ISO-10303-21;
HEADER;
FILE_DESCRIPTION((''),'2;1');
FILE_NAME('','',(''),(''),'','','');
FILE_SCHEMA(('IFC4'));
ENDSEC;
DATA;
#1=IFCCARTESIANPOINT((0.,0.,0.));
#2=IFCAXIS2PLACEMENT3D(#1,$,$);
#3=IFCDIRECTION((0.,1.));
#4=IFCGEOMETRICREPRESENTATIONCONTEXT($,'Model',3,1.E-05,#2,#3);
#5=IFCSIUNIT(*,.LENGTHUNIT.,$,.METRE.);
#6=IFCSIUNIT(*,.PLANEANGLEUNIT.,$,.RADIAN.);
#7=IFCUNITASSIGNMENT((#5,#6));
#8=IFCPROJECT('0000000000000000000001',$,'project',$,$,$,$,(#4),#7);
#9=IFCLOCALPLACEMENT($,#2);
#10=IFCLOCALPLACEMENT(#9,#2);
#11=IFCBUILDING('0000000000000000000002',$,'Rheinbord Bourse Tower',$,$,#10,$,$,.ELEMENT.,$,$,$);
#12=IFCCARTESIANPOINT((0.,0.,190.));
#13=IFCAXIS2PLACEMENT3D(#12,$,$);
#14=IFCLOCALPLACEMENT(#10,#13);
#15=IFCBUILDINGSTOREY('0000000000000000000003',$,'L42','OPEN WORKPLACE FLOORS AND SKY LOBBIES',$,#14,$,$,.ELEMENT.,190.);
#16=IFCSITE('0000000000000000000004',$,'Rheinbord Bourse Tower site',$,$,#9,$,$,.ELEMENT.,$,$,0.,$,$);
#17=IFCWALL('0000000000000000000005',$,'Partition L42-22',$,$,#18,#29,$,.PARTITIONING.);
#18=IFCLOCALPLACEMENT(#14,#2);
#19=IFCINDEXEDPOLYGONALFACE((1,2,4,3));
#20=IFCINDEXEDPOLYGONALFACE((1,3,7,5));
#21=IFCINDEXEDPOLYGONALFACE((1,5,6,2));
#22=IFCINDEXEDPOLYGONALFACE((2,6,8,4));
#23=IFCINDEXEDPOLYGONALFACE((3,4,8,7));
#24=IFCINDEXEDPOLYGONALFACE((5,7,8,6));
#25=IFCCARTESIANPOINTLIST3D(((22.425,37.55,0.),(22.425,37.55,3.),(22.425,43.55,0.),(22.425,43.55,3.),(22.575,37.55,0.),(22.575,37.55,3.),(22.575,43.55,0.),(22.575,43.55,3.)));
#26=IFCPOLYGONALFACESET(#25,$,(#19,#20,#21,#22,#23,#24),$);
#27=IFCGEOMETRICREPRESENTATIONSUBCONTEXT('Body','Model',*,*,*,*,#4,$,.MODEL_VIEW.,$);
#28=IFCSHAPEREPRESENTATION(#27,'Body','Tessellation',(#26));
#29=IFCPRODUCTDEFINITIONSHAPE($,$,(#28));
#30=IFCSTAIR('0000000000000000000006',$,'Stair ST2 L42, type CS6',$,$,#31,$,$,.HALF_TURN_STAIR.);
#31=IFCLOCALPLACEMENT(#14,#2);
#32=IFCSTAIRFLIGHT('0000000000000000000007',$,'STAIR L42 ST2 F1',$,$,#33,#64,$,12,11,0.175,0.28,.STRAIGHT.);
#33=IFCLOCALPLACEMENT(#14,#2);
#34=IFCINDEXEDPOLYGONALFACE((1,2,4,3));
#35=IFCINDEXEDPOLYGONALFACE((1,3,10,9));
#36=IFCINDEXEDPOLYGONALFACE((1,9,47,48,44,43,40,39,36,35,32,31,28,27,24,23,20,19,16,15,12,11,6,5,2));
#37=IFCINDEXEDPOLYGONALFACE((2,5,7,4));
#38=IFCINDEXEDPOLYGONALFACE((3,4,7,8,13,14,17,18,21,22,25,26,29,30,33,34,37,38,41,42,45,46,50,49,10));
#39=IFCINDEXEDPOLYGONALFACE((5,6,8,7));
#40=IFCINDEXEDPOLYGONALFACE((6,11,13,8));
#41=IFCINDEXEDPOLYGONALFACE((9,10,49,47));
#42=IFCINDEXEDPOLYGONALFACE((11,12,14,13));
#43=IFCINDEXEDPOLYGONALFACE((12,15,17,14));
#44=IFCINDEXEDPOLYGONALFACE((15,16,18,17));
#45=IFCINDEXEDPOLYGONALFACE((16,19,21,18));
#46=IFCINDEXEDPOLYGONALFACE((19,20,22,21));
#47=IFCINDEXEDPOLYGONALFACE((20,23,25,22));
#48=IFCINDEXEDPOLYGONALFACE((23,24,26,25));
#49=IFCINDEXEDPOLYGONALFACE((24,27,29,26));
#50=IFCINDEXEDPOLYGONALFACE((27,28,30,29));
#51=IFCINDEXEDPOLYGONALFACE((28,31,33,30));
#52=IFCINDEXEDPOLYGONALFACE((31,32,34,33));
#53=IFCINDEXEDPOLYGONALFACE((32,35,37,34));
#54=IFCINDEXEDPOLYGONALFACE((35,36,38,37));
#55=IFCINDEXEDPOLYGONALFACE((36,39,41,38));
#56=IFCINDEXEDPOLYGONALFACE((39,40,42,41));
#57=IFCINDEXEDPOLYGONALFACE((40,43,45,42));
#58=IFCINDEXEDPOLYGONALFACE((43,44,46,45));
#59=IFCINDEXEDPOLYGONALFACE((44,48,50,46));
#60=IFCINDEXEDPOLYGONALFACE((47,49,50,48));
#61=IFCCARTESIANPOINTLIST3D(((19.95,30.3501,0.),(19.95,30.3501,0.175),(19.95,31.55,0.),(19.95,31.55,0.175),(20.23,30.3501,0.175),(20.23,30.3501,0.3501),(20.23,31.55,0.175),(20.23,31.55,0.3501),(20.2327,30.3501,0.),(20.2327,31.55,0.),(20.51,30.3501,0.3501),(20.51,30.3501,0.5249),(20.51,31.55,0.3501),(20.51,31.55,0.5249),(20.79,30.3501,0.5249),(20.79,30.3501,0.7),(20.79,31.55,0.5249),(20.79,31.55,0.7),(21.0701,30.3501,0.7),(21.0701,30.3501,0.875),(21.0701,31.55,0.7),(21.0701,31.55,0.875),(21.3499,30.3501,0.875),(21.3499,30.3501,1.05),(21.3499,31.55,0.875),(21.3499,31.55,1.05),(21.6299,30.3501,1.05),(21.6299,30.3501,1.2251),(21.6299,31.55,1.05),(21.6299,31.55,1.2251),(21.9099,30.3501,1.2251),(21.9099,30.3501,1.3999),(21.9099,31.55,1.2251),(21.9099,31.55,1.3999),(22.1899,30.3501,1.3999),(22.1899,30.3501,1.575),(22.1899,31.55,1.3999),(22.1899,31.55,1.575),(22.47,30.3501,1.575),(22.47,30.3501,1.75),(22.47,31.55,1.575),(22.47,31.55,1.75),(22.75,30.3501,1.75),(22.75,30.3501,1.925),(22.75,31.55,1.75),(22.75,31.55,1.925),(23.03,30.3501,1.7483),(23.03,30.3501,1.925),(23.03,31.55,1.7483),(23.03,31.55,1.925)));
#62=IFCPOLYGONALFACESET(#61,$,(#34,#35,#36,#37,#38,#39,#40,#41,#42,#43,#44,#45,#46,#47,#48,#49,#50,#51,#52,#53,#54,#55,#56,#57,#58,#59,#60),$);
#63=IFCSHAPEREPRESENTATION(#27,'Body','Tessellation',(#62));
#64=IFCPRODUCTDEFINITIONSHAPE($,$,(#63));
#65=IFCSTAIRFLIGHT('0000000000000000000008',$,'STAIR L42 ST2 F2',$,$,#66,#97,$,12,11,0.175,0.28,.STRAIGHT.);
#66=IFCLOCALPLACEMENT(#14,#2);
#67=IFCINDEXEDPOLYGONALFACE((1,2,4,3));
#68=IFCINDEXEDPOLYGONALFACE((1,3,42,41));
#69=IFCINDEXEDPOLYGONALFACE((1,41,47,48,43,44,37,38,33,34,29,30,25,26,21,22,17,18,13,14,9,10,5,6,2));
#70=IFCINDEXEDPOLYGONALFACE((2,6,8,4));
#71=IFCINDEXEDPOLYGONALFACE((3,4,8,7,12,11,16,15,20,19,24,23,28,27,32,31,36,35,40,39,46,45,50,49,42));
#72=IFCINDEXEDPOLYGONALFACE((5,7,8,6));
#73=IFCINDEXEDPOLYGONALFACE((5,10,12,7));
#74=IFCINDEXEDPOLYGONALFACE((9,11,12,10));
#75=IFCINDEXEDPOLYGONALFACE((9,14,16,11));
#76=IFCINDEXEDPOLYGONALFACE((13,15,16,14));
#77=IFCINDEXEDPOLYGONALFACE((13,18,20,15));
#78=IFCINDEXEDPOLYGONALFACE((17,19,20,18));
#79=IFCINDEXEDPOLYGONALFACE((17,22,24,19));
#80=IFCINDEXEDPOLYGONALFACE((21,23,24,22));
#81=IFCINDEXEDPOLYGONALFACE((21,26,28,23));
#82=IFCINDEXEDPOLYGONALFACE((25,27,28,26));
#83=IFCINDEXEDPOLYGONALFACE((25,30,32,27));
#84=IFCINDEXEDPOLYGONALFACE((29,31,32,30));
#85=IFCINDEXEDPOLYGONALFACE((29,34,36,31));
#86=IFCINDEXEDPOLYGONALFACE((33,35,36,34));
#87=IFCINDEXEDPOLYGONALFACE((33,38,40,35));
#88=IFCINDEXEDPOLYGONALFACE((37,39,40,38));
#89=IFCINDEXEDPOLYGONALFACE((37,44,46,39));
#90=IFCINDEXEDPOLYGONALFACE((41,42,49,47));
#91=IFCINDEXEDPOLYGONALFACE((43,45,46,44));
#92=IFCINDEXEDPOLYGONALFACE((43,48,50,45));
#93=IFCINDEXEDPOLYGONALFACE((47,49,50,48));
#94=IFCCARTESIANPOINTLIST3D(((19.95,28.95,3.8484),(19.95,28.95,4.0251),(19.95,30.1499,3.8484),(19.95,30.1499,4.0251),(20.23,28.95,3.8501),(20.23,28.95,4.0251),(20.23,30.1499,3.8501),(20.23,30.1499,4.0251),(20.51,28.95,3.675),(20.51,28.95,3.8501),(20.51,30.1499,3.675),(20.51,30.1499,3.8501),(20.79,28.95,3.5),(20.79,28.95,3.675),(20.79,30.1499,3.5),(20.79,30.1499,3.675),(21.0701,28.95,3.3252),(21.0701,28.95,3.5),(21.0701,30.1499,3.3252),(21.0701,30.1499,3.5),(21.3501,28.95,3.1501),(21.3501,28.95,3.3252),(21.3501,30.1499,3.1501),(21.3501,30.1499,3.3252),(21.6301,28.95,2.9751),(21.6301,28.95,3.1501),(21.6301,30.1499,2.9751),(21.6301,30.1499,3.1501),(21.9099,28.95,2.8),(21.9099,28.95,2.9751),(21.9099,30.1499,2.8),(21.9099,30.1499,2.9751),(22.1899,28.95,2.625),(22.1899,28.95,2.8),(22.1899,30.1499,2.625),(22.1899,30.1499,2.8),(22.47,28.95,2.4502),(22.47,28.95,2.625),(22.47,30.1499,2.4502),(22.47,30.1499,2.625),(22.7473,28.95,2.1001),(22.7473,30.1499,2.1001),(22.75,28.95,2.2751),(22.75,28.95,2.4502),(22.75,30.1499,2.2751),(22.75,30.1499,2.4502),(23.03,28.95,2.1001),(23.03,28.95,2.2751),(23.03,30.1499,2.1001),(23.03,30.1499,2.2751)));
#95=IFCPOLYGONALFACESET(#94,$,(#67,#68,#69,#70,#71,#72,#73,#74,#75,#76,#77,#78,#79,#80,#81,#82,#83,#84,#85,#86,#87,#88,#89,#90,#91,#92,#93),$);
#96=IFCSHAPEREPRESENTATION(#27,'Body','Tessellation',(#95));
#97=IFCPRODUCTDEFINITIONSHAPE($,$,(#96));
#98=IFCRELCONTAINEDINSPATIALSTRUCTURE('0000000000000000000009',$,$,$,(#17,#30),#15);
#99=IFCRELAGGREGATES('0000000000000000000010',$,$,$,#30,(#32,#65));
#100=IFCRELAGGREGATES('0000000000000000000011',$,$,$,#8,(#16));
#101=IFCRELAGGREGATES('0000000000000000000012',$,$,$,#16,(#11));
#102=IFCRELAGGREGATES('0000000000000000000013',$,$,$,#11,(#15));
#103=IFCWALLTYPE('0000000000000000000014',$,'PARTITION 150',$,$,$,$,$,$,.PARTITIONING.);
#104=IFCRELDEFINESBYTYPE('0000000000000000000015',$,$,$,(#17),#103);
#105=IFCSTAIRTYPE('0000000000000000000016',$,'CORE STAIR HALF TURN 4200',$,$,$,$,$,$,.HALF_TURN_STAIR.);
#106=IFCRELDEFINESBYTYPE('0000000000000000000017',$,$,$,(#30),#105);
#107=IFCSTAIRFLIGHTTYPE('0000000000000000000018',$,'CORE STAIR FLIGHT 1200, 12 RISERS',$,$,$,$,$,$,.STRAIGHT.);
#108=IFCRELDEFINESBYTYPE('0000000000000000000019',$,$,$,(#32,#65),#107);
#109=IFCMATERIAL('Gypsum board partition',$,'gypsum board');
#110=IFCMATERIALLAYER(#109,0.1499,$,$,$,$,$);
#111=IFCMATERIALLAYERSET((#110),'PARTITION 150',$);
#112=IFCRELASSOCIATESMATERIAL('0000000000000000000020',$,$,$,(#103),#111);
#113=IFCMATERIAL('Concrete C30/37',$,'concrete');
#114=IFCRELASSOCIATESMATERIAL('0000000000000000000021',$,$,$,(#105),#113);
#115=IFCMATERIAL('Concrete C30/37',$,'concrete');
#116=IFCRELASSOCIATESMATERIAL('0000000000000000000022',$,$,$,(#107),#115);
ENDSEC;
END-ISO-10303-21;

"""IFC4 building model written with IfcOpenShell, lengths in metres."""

from ifc_helpers import new_model, si_unit, direction, frame, frame_2d, origin, place, context, subcontext, project, spatial, polyline, rectangle, outline, extrude, material, layer, layer_set, type_object, element, aggregate, save


model = new_model("IFC4")

# Units and contexts
model_context = context("Model", 3, precision=1e-05, world=origin(), true_north=direction((0.0, 1.0)))
body_context = subcontext(model_context, "Body", "Model", "MODEL_VIEW")
ifc_project = project(units=[si_unit("LENGTHUNIT", "METRE"), si_unit("PLANEANGLEUNIT", "RADIAN")], contexts=[model_context])

# Site, building, storey
site_placement = place(None, origin())
site = spatial("IfcSite", under=ifc_project, at=site_placement, Name="Rheinbord Bourse Tower site", CompositionType="ELEMENT", RefElevation=0.0)
building_placement = place(site_placement, origin())
building = spatial("IfcBuilding", under=site, at=building_placement, Name="Rheinbord Bourse Tower", CompositionType="ELEMENT")
storey_placement = place(building_placement, frame((0.0, 0.0, 190.0)))
storey = spatial("IfcBuildingStorey", under=building, at=storey_placement, Name="L42", Description="OPEN WORKPLACE FLOORS AND SKY LOBBIES", CompositionType="ELEMENT", Elevation=190.0)

# Wall
ifc_material_1 = material(Name="Gypsum board partition", Category="gypsum board")
ifc_layer_1 = layer(ifc_material_1, 0.1499)
ifc_layer_set_1 = layer_set([ifc_layer_1], Name="PARTITION 150")
wall_type_1 = type_object("IfcWallType", Name="PARTITION 150", PredefinedType="PARTITIONING", material=ifc_layer_set_1)
wall_1_placement = place(storey_placement, frame((22.5, 37.55, 0.0), z_axis=(0.0, 0.0, 1.0), x_axis=(0.0, 1.0, 0.0)))
element("IfcWall", 1, at=wall_1_placement, inside=storey, type_object=wall_type_1, Name="Partition L42-22", PredefinedType="PARTITIONING", context=body_context, shape_type="SweptSolid", body=[
    extrude(rectangle(XDim=6.0, YDim=0.1499, at=frame_2d((3.0, 0.0))), origin(), (0.0, 0.0, 1.0), 3.0),
])

# Stair, stair flights
ifc_material_2 = material(Name="Concrete C30/37", Category="concrete")
stair_type = type_object("IfcStairType", Name="CORE STAIR HALF TURN 4200", PredefinedType="HALF_TURN_STAIR", material=ifc_material_2)
stair_placement = place(storey_placement, origin())
stair = element("IfcStair", 2, at=stair_placement, inside=storey, type_object=stair_type, Name="Stair ST2 L42, type CS6", PredefinedType="HALF_TURN_STAIR")
ifc_material_3 = material(Name="Concrete C30/37", Category="concrete")
stair_flight_type = type_object("IfcStairFlightType", Name="CORE STAIR FLIGHT 1200, 12 RISERS", PredefinedType="STRAIGHT", material=ifc_material_3)
stair_flight_1_placement = place(storey_placement, frame((19.95, 30.95, 0.0), z_axis=(0.0, 0.0, 1.0), x_axis=(1.0, 0.0, 0.0)))
stair_flight_1 = element("IfcStairFlight", 3, at=stair_flight_1_placement, type_object=stair_flight_type, Name="STAIR L42 ST2 F1", NumberOfRisers=12, NumberOfTreads=11, PredefinedType="STRAIGHT", RiserHeight=0.175, TreadLength=0.28, context=body_context, shape_type="SweptSolid", body=[
    extrude(outline(polyline([(0.0, 0.0), (0.0, 0.175), (0.28, 0.175), (0.28, 0.3501), (0.5601, 0.3501), (0.5601, 0.5249), (0.8401, 0.5249), (0.8401, 0.7), (1.1201, 0.7), (1.1201, 0.875), (1.3999, 0.875), (1.3999, 1.05), (1.6799, 1.05), (1.6799, 1.2251), (1.96, 1.2251), (1.96, 1.3999), (2.24, 1.3999), (2.24, 1.575), (2.52, 1.575), (2.52, 1.75), (2.8, 1.75), (2.8, 1.925), (3.0801, 1.925), (3.0801, 2.1001), (3.0801, 1.7483), (0.2827, 0.0), (0.0, 0.0)])), frame((0.0, 0.6001, 0.0), z_axis=(0.0, -1.0, 0.0), x_axis=(1.0, 0.0, 0.0)), (0.0, 0.0, 1.0), 1.2),
])
stair_flight_2_placement = place(storey_placement, frame((23.03, 29.55, 2.1001), z_axis=(0.0, 0.0, 1.0), x_axis=(-1.0, 0.0, 0.0)))
stair_flight_2 = element("IfcStairFlight", 4, at=stair_flight_2_placement, type_object=stair_flight_type, Name="STAIR L42 ST2 F2", NumberOfRisers=12, NumberOfTreads=11, PredefinedType="STRAIGHT", RiserHeight=0.175, TreadLength=0.28, context=body_context, shape_type="SweptSolid", body=[
    extrude(outline(polyline([(0.0, 0.0), (0.0, 0.175), (0.28, 0.175), (0.28, 0.3501), (0.5601, 0.3501), (0.5601, 0.5249), (0.8401, 0.5249), (0.8401, 0.7), (1.1201, 0.7), (1.1201, 0.875), (1.3999, 0.875), (1.3999, 1.05), (1.6799, 1.05), (1.6799, 1.2251), (1.96, 1.2251), (1.96, 1.3999), (2.24, 1.3999), (2.24, 1.575), (2.52, 1.575), (2.52, 1.75), (2.8, 1.75), (2.8, 1.925), (3.0801, 1.925), (3.0801, 2.1001), (3.0801, 1.7483), (0.2827, 0.0), (0.0, 0.0)])), frame((0.0, 0.6001, 0.0), z_axis=(0.0, -1.0, 0.0), x_axis=(1.0, 0.0, 0.0)), (0.0, 0.0, 1.0), 1.2),
])
aggregate(stair, [stair_flight_1, stair_flight_2])

save(model, "model.ifc")
